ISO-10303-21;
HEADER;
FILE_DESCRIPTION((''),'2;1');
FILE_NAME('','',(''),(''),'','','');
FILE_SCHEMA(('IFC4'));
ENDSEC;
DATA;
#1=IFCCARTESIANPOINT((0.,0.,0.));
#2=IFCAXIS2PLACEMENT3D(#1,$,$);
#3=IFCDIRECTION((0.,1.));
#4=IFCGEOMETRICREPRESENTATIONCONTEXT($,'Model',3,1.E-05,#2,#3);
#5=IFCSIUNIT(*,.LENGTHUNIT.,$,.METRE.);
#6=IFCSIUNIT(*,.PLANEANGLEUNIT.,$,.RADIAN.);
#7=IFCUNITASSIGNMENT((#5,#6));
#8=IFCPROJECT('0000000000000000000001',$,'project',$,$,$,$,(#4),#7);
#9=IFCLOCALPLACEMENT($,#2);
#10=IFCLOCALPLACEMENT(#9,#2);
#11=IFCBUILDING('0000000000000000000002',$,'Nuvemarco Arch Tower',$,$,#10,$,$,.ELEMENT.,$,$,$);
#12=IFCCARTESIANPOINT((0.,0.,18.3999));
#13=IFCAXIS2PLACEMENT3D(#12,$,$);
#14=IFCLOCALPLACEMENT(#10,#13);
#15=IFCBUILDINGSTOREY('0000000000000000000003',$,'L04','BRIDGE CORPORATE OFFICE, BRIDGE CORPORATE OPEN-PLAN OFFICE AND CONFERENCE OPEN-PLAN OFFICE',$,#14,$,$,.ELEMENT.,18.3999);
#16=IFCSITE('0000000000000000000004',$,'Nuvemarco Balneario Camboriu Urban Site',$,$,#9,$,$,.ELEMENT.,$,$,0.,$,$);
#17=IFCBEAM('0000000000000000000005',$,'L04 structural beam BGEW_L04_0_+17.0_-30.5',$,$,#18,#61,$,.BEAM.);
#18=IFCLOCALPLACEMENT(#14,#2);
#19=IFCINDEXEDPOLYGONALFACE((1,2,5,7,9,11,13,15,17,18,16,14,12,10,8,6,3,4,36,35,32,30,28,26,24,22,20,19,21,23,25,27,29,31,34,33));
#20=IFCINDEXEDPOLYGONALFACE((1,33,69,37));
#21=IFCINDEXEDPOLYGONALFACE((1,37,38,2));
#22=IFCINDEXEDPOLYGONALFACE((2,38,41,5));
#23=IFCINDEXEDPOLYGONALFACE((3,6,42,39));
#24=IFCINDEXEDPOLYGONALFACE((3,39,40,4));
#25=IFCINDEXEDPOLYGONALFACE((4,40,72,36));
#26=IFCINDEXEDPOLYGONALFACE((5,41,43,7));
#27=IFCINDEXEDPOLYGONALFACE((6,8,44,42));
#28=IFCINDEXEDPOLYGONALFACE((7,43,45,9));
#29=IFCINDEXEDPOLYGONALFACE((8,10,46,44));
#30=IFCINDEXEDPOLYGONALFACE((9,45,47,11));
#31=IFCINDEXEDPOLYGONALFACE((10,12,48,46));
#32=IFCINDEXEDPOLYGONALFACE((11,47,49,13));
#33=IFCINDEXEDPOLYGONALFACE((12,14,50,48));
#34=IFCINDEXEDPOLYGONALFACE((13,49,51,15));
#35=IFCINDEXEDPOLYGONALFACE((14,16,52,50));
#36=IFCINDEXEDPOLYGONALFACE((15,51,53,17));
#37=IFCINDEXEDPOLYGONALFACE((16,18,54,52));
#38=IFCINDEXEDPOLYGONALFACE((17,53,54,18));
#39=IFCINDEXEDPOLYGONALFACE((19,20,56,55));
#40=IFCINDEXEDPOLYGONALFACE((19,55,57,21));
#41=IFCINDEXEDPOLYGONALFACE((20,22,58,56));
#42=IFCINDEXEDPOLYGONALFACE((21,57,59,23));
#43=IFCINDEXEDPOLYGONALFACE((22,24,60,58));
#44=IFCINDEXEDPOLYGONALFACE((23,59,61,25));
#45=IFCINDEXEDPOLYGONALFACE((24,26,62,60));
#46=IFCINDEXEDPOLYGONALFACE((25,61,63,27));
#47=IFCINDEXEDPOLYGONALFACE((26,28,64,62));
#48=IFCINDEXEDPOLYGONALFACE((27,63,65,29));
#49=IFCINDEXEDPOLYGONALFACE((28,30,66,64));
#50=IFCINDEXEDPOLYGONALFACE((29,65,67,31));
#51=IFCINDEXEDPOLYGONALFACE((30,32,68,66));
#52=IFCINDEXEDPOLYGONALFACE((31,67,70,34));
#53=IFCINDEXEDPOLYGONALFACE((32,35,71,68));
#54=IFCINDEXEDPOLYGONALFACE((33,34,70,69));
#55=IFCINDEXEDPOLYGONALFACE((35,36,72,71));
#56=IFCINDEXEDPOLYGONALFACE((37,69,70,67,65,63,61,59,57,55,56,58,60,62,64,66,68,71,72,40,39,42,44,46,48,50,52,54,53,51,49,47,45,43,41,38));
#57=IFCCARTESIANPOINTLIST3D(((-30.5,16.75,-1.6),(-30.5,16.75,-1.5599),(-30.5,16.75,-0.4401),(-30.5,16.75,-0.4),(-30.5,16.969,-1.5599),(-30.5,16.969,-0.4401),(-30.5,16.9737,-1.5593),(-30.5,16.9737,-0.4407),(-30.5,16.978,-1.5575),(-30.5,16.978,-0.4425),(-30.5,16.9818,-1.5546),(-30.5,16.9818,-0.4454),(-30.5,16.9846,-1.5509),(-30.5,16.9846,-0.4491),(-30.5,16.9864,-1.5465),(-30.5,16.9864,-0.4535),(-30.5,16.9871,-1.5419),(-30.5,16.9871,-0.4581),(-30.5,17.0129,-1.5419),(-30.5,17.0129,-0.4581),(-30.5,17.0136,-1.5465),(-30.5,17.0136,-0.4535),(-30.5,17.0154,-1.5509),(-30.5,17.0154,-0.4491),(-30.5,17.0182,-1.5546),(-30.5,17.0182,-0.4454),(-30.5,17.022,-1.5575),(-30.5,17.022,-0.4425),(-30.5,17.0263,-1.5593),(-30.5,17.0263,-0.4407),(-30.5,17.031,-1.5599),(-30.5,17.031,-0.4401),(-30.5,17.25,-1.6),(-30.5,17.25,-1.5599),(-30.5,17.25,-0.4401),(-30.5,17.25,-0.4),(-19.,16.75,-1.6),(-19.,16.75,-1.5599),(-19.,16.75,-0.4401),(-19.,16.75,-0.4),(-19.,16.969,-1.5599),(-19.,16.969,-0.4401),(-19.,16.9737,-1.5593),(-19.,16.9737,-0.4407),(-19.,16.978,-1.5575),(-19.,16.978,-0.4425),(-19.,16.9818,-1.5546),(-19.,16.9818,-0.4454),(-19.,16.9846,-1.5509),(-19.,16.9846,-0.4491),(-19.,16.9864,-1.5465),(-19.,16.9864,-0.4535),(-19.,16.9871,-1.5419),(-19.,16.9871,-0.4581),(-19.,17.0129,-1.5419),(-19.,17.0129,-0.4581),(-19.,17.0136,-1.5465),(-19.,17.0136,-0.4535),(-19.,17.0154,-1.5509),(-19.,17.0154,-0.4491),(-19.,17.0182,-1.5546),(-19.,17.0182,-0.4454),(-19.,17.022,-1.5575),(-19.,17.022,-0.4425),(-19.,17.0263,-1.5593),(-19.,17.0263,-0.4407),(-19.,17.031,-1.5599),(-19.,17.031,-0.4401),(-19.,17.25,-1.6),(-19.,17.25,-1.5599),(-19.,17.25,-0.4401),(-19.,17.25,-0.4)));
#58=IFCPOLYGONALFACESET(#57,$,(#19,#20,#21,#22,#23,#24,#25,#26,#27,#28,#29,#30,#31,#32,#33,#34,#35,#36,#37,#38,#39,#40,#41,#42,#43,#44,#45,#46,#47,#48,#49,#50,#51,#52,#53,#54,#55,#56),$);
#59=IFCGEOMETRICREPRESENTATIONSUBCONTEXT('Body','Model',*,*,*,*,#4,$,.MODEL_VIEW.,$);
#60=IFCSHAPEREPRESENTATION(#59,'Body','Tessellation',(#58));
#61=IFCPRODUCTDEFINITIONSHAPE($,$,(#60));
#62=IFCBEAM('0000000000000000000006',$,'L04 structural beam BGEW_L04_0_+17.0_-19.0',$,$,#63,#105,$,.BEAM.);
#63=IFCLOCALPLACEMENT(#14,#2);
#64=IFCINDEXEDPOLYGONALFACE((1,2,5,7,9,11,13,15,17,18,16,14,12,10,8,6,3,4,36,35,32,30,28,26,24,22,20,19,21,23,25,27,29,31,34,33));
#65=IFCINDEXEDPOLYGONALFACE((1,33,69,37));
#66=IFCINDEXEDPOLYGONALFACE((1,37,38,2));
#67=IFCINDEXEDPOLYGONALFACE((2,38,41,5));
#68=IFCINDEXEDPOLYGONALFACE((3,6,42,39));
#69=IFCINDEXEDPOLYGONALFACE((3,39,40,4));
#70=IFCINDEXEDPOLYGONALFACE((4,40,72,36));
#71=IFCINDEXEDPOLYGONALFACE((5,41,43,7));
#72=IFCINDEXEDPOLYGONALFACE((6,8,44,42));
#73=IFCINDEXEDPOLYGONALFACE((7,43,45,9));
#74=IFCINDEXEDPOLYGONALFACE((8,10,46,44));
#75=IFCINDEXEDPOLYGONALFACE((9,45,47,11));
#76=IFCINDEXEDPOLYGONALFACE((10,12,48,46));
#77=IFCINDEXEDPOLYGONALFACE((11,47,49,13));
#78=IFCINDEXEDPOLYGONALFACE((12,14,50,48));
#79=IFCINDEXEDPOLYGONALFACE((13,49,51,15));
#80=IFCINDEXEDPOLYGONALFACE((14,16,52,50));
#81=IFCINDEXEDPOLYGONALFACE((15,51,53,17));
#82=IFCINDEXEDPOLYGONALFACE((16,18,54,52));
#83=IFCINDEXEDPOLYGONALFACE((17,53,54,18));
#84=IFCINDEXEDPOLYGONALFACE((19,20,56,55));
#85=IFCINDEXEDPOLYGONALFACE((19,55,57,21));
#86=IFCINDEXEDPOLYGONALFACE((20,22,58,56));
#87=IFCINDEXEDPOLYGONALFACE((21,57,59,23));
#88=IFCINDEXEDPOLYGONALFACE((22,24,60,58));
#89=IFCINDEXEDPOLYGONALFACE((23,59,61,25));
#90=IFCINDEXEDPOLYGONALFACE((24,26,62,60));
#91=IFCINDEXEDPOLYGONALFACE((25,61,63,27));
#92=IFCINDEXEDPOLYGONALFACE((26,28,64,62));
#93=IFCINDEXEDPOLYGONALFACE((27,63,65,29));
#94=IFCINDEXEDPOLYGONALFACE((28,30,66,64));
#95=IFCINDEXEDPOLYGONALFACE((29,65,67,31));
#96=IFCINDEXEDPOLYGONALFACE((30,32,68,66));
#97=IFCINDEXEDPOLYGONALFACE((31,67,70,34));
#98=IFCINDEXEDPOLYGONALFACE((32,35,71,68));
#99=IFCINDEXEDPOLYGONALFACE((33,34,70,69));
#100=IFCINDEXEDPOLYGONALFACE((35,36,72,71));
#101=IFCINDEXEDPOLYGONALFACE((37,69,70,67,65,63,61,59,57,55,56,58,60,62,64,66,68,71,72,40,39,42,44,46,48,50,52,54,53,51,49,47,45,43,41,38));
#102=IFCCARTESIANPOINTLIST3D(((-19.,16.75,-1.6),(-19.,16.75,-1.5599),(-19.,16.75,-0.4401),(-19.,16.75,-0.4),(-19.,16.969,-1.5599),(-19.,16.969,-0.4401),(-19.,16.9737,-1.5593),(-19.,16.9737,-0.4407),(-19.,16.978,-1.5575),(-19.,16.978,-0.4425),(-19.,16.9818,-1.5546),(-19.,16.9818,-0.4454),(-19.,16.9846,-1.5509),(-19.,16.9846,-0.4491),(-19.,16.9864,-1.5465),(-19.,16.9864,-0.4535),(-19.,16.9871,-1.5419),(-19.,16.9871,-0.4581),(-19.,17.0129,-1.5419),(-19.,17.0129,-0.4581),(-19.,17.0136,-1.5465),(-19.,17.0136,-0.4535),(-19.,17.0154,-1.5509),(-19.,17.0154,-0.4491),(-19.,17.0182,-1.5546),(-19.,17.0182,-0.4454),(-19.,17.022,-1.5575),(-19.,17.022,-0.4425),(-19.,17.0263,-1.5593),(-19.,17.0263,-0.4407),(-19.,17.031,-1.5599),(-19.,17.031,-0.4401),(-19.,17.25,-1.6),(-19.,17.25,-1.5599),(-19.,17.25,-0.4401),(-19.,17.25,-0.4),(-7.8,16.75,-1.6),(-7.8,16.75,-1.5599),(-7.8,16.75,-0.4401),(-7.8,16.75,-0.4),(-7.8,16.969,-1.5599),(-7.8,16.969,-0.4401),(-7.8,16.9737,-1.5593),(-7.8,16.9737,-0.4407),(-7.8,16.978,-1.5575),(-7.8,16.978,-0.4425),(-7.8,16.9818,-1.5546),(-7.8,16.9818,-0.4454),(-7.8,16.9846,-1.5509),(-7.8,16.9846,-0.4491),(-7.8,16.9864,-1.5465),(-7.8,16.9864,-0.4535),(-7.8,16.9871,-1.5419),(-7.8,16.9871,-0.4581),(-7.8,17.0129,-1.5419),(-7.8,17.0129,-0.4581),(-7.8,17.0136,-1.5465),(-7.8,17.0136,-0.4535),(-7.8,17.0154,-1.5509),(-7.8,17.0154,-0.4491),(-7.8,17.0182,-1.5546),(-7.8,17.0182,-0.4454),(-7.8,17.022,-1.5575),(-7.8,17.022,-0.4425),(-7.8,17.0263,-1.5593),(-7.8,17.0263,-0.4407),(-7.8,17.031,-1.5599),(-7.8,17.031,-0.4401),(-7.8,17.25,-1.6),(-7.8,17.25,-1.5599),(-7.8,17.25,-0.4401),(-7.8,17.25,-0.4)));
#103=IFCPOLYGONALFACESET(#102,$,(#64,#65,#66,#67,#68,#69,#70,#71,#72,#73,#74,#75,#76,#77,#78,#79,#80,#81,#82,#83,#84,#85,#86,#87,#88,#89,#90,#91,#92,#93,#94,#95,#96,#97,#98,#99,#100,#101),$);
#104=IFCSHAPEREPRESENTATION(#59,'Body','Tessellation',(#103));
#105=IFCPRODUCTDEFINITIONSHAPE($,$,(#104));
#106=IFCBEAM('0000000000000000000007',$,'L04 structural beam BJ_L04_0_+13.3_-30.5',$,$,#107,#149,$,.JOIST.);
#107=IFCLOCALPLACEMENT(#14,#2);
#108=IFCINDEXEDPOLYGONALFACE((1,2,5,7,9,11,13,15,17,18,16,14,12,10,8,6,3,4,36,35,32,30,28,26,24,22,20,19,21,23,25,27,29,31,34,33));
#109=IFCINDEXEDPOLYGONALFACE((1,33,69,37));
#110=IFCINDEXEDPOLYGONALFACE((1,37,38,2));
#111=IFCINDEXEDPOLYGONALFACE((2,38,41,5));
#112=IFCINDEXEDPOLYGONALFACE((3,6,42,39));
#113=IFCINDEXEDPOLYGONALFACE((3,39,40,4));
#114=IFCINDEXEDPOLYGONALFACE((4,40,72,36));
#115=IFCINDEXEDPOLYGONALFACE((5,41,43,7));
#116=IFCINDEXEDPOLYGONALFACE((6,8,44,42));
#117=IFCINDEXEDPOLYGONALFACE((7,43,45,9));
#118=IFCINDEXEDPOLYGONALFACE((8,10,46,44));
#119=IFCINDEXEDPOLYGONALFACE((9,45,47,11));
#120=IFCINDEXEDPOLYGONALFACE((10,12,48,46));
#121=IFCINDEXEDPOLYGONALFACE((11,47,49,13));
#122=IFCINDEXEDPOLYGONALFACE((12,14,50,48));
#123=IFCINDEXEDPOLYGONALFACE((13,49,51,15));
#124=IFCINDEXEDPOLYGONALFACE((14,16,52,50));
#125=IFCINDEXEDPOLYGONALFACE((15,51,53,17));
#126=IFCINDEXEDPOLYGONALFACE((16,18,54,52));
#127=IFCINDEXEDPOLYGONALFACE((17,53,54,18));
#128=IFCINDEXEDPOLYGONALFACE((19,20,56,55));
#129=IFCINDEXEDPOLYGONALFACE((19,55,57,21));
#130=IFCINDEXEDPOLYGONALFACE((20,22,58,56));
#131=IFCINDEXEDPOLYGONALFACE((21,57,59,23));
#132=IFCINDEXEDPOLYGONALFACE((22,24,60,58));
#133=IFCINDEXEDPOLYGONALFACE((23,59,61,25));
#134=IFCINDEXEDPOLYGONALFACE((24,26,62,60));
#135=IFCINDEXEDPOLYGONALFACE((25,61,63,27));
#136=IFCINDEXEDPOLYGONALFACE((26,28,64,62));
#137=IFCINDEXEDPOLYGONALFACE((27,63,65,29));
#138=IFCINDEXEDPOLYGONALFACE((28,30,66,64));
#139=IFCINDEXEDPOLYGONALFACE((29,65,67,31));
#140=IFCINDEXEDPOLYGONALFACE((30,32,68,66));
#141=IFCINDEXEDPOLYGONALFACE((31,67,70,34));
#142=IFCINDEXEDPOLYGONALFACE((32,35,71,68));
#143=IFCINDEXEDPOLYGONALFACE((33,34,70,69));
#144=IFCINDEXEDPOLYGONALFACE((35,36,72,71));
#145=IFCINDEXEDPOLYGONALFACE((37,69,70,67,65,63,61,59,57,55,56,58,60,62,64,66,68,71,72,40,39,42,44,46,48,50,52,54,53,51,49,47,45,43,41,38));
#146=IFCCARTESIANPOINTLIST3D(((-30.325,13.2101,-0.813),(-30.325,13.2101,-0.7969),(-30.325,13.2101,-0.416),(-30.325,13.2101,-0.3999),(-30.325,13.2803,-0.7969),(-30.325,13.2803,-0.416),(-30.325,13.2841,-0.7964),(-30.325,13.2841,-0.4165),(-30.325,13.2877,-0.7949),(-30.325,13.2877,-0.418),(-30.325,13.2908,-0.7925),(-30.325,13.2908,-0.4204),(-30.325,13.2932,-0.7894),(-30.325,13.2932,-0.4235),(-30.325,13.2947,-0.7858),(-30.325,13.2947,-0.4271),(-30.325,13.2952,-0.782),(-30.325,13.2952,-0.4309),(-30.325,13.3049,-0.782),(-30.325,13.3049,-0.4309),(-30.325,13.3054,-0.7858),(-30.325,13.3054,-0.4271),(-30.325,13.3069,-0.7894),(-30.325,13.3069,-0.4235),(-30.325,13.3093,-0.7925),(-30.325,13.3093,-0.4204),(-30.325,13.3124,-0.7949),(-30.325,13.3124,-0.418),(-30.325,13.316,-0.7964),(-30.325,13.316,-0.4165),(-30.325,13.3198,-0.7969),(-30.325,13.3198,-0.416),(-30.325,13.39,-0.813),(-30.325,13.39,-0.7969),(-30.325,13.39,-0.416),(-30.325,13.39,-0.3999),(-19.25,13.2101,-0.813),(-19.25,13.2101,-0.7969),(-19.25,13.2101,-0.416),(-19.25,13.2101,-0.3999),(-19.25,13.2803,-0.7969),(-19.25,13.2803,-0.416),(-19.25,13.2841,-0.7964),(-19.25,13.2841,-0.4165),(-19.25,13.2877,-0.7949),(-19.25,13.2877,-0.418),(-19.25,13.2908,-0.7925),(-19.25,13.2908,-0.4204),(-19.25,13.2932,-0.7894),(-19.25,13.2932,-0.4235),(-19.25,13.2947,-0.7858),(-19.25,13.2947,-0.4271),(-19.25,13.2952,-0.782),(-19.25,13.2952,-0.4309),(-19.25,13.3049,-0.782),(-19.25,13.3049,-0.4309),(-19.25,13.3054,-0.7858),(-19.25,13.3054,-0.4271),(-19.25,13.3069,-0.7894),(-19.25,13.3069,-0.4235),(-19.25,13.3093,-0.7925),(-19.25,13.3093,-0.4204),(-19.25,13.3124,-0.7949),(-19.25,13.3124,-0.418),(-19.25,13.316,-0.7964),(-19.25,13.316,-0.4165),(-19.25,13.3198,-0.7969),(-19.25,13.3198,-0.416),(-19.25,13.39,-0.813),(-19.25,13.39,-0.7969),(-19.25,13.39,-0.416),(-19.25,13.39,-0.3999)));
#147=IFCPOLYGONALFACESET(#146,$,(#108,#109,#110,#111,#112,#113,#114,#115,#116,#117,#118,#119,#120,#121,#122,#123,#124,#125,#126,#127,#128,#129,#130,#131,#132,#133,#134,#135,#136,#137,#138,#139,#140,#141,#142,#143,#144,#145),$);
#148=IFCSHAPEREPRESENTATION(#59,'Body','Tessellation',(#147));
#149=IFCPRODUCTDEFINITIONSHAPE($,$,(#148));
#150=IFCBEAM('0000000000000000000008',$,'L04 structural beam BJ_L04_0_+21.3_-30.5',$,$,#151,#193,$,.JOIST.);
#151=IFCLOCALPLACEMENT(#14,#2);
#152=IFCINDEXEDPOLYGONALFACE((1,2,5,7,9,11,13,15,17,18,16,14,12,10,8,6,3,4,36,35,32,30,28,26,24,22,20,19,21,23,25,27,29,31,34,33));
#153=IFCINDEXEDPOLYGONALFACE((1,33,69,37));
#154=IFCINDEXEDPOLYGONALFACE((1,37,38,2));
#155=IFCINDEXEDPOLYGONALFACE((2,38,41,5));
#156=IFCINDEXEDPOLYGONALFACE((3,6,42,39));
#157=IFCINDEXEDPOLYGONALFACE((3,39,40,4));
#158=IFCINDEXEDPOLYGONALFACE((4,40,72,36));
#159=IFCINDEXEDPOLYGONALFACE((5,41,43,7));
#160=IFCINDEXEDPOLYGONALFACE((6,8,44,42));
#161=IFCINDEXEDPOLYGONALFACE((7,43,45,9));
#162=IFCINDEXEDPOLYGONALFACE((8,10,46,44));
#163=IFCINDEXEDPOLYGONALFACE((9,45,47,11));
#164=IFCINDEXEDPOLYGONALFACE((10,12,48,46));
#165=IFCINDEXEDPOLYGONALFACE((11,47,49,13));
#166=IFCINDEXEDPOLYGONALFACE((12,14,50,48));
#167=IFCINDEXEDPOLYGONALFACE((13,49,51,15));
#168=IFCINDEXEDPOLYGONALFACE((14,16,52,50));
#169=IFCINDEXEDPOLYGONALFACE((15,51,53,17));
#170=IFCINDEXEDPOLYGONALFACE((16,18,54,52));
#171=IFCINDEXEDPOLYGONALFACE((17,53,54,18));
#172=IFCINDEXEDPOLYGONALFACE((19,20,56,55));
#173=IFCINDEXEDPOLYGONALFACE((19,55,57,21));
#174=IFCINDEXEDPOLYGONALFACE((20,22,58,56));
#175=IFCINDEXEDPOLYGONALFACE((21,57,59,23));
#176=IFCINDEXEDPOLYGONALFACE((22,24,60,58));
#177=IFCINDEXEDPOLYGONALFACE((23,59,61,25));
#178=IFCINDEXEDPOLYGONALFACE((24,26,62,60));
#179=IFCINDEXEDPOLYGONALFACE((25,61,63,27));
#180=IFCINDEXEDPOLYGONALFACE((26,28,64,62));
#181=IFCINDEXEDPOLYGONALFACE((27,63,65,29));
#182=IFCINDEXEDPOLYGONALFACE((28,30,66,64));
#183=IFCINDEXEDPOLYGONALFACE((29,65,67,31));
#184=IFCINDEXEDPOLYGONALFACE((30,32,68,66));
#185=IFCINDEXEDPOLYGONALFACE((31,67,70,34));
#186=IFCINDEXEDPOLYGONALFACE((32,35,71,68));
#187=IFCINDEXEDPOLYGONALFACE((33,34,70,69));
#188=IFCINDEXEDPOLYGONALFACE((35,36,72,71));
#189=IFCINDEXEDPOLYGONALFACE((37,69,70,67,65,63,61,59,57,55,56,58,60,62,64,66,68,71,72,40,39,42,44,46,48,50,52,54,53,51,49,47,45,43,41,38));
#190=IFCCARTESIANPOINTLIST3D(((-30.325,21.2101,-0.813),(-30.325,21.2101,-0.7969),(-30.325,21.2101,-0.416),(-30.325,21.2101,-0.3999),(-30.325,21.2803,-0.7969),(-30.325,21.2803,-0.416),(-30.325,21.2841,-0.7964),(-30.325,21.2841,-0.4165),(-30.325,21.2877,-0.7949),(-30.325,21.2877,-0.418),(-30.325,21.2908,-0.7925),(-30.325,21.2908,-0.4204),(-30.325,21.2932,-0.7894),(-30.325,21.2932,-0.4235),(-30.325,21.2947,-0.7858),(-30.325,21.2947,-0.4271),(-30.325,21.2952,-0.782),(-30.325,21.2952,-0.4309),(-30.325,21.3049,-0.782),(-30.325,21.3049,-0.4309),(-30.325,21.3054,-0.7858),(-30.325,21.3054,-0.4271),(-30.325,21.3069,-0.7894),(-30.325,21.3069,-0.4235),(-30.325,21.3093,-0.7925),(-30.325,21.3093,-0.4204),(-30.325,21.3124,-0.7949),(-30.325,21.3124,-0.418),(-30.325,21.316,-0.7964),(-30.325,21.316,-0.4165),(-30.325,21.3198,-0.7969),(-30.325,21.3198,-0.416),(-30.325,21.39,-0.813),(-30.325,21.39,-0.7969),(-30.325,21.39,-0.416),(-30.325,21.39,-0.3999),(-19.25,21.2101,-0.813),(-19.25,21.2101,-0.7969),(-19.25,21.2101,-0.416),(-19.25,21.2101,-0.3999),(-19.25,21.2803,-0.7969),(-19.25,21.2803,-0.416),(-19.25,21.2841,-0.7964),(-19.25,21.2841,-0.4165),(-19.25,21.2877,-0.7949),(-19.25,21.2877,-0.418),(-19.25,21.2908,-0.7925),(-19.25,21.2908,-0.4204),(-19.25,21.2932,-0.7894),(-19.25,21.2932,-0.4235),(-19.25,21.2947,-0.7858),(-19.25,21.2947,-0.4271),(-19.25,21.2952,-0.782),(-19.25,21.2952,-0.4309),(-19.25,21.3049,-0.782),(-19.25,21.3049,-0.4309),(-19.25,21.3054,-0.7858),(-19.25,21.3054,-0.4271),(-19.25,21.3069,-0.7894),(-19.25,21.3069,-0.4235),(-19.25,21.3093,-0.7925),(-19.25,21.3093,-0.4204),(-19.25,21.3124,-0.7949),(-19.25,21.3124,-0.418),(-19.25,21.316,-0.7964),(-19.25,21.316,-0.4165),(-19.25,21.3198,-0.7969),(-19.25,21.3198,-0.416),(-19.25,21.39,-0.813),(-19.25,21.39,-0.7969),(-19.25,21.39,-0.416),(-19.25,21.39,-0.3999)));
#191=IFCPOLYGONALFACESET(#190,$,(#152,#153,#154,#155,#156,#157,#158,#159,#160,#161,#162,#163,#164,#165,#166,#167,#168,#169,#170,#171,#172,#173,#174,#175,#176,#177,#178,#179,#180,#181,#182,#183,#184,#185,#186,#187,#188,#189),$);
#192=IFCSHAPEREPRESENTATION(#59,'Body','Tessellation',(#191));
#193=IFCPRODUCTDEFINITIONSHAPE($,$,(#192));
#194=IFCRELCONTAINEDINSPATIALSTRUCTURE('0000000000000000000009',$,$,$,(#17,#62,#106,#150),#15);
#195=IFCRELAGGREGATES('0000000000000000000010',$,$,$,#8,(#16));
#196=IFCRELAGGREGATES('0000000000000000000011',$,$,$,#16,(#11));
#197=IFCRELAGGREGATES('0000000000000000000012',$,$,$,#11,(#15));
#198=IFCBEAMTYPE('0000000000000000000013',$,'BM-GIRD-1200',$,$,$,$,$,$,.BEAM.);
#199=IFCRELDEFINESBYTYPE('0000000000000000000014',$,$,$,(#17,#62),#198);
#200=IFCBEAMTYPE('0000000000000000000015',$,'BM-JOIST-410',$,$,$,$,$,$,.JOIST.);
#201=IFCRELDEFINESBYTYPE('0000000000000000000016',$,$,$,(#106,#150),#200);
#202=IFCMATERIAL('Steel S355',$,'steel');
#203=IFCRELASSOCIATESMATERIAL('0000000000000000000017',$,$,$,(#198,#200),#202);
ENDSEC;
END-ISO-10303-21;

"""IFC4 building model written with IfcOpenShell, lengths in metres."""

from ifc_helpers import new_model, si_unit, direction, frame, origin, origin_2d, place, context, subcontext, project, spatial, i_section, extrude, material, material_profile, profile_set, type_object, element, save


model = new_model("IFC4")

# Units and contexts
model_context = context("Model", 3, precision=1e-05, world=origin(), true_north=direction((0.0, 1.0)))
body_context = subcontext(model_context, "Body", "Model", "MODEL_VIEW")
ifc_project = project(units=[si_unit("LENGTHUNIT", "METRE"), si_unit("PLANEANGLEUNIT", "RADIAN")], contexts=[model_context])

# Site, building, storey
site_placement = place(None, origin())
site = spatial("IfcSite", under=ifc_project, at=site_placement, Name="Nuvemarco Balneario Camboriu Urban Site", CompositionType="ELEMENT", RefElevation=0.0)
building_placement = place(site_placement, origin())
building = spatial("IfcBuilding", under=site, at=building_placement, Name="Nuvemarco Arch Tower", CompositionType="ELEMENT")
storey_placement = place(building_placement, frame((0.0, 0.0, 18.3999)))
storey = spatial("IfcBuildingStorey", under=building, at=storey_placement, Name="L04", Description="BRIDGE CORPORATE OFFICE, BRIDGE CORPORATE OPEN-PLAN OFFICE AND CONFERENCE OPEN-PLAN OFFICE", CompositionType="ELEMENT", Elevation=18.3999)

# Beams
ifc_material_1 = material(Name="Steel S355", Category="steel")
ifc_material_profile_1 = material_profile(ifc_material_1, i_section(OverallWidth=0.5, OverallDepth=1.2, WebThickness=0.0259, FlangeThickness=0.04, FilletRadius=0.0181, at=origin_2d()), Name="PG1200x500")
ifc_profile_set_1 = profile_set([ifc_material_profile_1], Name="Steel S355")
beam_type_1 = type_object("IfcBeamType", Name="BM-GIRD-1200", PredefinedType="BEAM", material=ifc_profile_set_1)
beam_1_placement = place(storey_placement, frame((-30.5, 17.0, -1.0), z_axis=(1.0, 0.0, 0.0), x_axis=(0.0, 1.0, 0.0)))
element("IfcBeam", 1, at=beam_1_placement, inside=storey, type_object=beam_type_1, Name="L04 structural beam BGEW_L04_0_+17.0_-30.5", PredefinedType="BEAM", context=body_context, shape_type="SweptSolid", body=[
    extrude(i_section(OverallWidth=0.5, OverallDepth=1.2, WebThickness=0.0259, FlangeThickness=0.04, FilletRadius=0.0181, at=origin_2d()), origin(), (0.0, 0.0, 1.0), 11.5),
])
beam_2_placement = place(storey_placement, frame((-19.0, 17.0, -1.0), z_axis=(1.0, 0.0, 0.0), x_axis=(0.0, 1.0, 0.0)))
element("IfcBeam", 2, at=beam_2_placement, inside=storey, type_object=beam_type_1, Name="L04 structural beam BGEW_L04_0_+17.0_-19.0", PredefinedType="BEAM", context=body_context, shape_type="SweptSolid", body=[
    extrude(i_section(OverallWidth=0.5, OverallDepth=1.2, WebThickness=0.0259, FlangeThickness=0.04, FilletRadius=0.0181, at=origin_2d()), origin(), (0.0, 0.0, 1.0), 11.2),
])
ifc_material_profile_2 = material_profile(ifc_material_1, i_section(OverallWidth=0.1799, OverallDepth=0.4131, WebThickness=0.0098, FlangeThickness=0.0161, FilletRadius=0.0149, at=origin_2d()), Name="W410x75")
ifc_profile_set_2 = profile_set([ifc_material_profile_2], Name="Steel S355")
beam_type_2 = type_object("IfcBeamType", Name="BM-JOIST-410", PredefinedType="JOIST", material=ifc_profile_set_2)
for number, where, z_axis, x_axis, name in (
    (3, (-30.325, 13.3, -0.6064), (1.0, 0.0, 0.0), (0.0, 1.0, 0.0), "L04 structural beam BJ_L04_0_+13.3_-30.5"),
    (4, (-30.325, 21.3, -0.6064), (1.0, 0.0, 0.0), (0.0, 1.0, 0.0), "L04 structural beam BJ_L04_0_+21.3_-30.5"),
):
    element("IfcBeam", number, at=place(storey_placement, frame(where, z_axis=z_axis, x_axis=x_axis)), inside=storey, type_object=beam_type_2, Name=name, PredefinedType="JOIST", context=body_context, shape_type="SweptSolid", body=[
        extrude(i_section(OverallWidth=0.1799, OverallDepth=0.4131, WebThickness=0.0098, FlangeThickness=0.0161, FilletRadius=0.0149, at=origin_2d()), origin(), (0.0, 0.0, 1.0), 11.075),
    ])

save(model, "model.ifc")
